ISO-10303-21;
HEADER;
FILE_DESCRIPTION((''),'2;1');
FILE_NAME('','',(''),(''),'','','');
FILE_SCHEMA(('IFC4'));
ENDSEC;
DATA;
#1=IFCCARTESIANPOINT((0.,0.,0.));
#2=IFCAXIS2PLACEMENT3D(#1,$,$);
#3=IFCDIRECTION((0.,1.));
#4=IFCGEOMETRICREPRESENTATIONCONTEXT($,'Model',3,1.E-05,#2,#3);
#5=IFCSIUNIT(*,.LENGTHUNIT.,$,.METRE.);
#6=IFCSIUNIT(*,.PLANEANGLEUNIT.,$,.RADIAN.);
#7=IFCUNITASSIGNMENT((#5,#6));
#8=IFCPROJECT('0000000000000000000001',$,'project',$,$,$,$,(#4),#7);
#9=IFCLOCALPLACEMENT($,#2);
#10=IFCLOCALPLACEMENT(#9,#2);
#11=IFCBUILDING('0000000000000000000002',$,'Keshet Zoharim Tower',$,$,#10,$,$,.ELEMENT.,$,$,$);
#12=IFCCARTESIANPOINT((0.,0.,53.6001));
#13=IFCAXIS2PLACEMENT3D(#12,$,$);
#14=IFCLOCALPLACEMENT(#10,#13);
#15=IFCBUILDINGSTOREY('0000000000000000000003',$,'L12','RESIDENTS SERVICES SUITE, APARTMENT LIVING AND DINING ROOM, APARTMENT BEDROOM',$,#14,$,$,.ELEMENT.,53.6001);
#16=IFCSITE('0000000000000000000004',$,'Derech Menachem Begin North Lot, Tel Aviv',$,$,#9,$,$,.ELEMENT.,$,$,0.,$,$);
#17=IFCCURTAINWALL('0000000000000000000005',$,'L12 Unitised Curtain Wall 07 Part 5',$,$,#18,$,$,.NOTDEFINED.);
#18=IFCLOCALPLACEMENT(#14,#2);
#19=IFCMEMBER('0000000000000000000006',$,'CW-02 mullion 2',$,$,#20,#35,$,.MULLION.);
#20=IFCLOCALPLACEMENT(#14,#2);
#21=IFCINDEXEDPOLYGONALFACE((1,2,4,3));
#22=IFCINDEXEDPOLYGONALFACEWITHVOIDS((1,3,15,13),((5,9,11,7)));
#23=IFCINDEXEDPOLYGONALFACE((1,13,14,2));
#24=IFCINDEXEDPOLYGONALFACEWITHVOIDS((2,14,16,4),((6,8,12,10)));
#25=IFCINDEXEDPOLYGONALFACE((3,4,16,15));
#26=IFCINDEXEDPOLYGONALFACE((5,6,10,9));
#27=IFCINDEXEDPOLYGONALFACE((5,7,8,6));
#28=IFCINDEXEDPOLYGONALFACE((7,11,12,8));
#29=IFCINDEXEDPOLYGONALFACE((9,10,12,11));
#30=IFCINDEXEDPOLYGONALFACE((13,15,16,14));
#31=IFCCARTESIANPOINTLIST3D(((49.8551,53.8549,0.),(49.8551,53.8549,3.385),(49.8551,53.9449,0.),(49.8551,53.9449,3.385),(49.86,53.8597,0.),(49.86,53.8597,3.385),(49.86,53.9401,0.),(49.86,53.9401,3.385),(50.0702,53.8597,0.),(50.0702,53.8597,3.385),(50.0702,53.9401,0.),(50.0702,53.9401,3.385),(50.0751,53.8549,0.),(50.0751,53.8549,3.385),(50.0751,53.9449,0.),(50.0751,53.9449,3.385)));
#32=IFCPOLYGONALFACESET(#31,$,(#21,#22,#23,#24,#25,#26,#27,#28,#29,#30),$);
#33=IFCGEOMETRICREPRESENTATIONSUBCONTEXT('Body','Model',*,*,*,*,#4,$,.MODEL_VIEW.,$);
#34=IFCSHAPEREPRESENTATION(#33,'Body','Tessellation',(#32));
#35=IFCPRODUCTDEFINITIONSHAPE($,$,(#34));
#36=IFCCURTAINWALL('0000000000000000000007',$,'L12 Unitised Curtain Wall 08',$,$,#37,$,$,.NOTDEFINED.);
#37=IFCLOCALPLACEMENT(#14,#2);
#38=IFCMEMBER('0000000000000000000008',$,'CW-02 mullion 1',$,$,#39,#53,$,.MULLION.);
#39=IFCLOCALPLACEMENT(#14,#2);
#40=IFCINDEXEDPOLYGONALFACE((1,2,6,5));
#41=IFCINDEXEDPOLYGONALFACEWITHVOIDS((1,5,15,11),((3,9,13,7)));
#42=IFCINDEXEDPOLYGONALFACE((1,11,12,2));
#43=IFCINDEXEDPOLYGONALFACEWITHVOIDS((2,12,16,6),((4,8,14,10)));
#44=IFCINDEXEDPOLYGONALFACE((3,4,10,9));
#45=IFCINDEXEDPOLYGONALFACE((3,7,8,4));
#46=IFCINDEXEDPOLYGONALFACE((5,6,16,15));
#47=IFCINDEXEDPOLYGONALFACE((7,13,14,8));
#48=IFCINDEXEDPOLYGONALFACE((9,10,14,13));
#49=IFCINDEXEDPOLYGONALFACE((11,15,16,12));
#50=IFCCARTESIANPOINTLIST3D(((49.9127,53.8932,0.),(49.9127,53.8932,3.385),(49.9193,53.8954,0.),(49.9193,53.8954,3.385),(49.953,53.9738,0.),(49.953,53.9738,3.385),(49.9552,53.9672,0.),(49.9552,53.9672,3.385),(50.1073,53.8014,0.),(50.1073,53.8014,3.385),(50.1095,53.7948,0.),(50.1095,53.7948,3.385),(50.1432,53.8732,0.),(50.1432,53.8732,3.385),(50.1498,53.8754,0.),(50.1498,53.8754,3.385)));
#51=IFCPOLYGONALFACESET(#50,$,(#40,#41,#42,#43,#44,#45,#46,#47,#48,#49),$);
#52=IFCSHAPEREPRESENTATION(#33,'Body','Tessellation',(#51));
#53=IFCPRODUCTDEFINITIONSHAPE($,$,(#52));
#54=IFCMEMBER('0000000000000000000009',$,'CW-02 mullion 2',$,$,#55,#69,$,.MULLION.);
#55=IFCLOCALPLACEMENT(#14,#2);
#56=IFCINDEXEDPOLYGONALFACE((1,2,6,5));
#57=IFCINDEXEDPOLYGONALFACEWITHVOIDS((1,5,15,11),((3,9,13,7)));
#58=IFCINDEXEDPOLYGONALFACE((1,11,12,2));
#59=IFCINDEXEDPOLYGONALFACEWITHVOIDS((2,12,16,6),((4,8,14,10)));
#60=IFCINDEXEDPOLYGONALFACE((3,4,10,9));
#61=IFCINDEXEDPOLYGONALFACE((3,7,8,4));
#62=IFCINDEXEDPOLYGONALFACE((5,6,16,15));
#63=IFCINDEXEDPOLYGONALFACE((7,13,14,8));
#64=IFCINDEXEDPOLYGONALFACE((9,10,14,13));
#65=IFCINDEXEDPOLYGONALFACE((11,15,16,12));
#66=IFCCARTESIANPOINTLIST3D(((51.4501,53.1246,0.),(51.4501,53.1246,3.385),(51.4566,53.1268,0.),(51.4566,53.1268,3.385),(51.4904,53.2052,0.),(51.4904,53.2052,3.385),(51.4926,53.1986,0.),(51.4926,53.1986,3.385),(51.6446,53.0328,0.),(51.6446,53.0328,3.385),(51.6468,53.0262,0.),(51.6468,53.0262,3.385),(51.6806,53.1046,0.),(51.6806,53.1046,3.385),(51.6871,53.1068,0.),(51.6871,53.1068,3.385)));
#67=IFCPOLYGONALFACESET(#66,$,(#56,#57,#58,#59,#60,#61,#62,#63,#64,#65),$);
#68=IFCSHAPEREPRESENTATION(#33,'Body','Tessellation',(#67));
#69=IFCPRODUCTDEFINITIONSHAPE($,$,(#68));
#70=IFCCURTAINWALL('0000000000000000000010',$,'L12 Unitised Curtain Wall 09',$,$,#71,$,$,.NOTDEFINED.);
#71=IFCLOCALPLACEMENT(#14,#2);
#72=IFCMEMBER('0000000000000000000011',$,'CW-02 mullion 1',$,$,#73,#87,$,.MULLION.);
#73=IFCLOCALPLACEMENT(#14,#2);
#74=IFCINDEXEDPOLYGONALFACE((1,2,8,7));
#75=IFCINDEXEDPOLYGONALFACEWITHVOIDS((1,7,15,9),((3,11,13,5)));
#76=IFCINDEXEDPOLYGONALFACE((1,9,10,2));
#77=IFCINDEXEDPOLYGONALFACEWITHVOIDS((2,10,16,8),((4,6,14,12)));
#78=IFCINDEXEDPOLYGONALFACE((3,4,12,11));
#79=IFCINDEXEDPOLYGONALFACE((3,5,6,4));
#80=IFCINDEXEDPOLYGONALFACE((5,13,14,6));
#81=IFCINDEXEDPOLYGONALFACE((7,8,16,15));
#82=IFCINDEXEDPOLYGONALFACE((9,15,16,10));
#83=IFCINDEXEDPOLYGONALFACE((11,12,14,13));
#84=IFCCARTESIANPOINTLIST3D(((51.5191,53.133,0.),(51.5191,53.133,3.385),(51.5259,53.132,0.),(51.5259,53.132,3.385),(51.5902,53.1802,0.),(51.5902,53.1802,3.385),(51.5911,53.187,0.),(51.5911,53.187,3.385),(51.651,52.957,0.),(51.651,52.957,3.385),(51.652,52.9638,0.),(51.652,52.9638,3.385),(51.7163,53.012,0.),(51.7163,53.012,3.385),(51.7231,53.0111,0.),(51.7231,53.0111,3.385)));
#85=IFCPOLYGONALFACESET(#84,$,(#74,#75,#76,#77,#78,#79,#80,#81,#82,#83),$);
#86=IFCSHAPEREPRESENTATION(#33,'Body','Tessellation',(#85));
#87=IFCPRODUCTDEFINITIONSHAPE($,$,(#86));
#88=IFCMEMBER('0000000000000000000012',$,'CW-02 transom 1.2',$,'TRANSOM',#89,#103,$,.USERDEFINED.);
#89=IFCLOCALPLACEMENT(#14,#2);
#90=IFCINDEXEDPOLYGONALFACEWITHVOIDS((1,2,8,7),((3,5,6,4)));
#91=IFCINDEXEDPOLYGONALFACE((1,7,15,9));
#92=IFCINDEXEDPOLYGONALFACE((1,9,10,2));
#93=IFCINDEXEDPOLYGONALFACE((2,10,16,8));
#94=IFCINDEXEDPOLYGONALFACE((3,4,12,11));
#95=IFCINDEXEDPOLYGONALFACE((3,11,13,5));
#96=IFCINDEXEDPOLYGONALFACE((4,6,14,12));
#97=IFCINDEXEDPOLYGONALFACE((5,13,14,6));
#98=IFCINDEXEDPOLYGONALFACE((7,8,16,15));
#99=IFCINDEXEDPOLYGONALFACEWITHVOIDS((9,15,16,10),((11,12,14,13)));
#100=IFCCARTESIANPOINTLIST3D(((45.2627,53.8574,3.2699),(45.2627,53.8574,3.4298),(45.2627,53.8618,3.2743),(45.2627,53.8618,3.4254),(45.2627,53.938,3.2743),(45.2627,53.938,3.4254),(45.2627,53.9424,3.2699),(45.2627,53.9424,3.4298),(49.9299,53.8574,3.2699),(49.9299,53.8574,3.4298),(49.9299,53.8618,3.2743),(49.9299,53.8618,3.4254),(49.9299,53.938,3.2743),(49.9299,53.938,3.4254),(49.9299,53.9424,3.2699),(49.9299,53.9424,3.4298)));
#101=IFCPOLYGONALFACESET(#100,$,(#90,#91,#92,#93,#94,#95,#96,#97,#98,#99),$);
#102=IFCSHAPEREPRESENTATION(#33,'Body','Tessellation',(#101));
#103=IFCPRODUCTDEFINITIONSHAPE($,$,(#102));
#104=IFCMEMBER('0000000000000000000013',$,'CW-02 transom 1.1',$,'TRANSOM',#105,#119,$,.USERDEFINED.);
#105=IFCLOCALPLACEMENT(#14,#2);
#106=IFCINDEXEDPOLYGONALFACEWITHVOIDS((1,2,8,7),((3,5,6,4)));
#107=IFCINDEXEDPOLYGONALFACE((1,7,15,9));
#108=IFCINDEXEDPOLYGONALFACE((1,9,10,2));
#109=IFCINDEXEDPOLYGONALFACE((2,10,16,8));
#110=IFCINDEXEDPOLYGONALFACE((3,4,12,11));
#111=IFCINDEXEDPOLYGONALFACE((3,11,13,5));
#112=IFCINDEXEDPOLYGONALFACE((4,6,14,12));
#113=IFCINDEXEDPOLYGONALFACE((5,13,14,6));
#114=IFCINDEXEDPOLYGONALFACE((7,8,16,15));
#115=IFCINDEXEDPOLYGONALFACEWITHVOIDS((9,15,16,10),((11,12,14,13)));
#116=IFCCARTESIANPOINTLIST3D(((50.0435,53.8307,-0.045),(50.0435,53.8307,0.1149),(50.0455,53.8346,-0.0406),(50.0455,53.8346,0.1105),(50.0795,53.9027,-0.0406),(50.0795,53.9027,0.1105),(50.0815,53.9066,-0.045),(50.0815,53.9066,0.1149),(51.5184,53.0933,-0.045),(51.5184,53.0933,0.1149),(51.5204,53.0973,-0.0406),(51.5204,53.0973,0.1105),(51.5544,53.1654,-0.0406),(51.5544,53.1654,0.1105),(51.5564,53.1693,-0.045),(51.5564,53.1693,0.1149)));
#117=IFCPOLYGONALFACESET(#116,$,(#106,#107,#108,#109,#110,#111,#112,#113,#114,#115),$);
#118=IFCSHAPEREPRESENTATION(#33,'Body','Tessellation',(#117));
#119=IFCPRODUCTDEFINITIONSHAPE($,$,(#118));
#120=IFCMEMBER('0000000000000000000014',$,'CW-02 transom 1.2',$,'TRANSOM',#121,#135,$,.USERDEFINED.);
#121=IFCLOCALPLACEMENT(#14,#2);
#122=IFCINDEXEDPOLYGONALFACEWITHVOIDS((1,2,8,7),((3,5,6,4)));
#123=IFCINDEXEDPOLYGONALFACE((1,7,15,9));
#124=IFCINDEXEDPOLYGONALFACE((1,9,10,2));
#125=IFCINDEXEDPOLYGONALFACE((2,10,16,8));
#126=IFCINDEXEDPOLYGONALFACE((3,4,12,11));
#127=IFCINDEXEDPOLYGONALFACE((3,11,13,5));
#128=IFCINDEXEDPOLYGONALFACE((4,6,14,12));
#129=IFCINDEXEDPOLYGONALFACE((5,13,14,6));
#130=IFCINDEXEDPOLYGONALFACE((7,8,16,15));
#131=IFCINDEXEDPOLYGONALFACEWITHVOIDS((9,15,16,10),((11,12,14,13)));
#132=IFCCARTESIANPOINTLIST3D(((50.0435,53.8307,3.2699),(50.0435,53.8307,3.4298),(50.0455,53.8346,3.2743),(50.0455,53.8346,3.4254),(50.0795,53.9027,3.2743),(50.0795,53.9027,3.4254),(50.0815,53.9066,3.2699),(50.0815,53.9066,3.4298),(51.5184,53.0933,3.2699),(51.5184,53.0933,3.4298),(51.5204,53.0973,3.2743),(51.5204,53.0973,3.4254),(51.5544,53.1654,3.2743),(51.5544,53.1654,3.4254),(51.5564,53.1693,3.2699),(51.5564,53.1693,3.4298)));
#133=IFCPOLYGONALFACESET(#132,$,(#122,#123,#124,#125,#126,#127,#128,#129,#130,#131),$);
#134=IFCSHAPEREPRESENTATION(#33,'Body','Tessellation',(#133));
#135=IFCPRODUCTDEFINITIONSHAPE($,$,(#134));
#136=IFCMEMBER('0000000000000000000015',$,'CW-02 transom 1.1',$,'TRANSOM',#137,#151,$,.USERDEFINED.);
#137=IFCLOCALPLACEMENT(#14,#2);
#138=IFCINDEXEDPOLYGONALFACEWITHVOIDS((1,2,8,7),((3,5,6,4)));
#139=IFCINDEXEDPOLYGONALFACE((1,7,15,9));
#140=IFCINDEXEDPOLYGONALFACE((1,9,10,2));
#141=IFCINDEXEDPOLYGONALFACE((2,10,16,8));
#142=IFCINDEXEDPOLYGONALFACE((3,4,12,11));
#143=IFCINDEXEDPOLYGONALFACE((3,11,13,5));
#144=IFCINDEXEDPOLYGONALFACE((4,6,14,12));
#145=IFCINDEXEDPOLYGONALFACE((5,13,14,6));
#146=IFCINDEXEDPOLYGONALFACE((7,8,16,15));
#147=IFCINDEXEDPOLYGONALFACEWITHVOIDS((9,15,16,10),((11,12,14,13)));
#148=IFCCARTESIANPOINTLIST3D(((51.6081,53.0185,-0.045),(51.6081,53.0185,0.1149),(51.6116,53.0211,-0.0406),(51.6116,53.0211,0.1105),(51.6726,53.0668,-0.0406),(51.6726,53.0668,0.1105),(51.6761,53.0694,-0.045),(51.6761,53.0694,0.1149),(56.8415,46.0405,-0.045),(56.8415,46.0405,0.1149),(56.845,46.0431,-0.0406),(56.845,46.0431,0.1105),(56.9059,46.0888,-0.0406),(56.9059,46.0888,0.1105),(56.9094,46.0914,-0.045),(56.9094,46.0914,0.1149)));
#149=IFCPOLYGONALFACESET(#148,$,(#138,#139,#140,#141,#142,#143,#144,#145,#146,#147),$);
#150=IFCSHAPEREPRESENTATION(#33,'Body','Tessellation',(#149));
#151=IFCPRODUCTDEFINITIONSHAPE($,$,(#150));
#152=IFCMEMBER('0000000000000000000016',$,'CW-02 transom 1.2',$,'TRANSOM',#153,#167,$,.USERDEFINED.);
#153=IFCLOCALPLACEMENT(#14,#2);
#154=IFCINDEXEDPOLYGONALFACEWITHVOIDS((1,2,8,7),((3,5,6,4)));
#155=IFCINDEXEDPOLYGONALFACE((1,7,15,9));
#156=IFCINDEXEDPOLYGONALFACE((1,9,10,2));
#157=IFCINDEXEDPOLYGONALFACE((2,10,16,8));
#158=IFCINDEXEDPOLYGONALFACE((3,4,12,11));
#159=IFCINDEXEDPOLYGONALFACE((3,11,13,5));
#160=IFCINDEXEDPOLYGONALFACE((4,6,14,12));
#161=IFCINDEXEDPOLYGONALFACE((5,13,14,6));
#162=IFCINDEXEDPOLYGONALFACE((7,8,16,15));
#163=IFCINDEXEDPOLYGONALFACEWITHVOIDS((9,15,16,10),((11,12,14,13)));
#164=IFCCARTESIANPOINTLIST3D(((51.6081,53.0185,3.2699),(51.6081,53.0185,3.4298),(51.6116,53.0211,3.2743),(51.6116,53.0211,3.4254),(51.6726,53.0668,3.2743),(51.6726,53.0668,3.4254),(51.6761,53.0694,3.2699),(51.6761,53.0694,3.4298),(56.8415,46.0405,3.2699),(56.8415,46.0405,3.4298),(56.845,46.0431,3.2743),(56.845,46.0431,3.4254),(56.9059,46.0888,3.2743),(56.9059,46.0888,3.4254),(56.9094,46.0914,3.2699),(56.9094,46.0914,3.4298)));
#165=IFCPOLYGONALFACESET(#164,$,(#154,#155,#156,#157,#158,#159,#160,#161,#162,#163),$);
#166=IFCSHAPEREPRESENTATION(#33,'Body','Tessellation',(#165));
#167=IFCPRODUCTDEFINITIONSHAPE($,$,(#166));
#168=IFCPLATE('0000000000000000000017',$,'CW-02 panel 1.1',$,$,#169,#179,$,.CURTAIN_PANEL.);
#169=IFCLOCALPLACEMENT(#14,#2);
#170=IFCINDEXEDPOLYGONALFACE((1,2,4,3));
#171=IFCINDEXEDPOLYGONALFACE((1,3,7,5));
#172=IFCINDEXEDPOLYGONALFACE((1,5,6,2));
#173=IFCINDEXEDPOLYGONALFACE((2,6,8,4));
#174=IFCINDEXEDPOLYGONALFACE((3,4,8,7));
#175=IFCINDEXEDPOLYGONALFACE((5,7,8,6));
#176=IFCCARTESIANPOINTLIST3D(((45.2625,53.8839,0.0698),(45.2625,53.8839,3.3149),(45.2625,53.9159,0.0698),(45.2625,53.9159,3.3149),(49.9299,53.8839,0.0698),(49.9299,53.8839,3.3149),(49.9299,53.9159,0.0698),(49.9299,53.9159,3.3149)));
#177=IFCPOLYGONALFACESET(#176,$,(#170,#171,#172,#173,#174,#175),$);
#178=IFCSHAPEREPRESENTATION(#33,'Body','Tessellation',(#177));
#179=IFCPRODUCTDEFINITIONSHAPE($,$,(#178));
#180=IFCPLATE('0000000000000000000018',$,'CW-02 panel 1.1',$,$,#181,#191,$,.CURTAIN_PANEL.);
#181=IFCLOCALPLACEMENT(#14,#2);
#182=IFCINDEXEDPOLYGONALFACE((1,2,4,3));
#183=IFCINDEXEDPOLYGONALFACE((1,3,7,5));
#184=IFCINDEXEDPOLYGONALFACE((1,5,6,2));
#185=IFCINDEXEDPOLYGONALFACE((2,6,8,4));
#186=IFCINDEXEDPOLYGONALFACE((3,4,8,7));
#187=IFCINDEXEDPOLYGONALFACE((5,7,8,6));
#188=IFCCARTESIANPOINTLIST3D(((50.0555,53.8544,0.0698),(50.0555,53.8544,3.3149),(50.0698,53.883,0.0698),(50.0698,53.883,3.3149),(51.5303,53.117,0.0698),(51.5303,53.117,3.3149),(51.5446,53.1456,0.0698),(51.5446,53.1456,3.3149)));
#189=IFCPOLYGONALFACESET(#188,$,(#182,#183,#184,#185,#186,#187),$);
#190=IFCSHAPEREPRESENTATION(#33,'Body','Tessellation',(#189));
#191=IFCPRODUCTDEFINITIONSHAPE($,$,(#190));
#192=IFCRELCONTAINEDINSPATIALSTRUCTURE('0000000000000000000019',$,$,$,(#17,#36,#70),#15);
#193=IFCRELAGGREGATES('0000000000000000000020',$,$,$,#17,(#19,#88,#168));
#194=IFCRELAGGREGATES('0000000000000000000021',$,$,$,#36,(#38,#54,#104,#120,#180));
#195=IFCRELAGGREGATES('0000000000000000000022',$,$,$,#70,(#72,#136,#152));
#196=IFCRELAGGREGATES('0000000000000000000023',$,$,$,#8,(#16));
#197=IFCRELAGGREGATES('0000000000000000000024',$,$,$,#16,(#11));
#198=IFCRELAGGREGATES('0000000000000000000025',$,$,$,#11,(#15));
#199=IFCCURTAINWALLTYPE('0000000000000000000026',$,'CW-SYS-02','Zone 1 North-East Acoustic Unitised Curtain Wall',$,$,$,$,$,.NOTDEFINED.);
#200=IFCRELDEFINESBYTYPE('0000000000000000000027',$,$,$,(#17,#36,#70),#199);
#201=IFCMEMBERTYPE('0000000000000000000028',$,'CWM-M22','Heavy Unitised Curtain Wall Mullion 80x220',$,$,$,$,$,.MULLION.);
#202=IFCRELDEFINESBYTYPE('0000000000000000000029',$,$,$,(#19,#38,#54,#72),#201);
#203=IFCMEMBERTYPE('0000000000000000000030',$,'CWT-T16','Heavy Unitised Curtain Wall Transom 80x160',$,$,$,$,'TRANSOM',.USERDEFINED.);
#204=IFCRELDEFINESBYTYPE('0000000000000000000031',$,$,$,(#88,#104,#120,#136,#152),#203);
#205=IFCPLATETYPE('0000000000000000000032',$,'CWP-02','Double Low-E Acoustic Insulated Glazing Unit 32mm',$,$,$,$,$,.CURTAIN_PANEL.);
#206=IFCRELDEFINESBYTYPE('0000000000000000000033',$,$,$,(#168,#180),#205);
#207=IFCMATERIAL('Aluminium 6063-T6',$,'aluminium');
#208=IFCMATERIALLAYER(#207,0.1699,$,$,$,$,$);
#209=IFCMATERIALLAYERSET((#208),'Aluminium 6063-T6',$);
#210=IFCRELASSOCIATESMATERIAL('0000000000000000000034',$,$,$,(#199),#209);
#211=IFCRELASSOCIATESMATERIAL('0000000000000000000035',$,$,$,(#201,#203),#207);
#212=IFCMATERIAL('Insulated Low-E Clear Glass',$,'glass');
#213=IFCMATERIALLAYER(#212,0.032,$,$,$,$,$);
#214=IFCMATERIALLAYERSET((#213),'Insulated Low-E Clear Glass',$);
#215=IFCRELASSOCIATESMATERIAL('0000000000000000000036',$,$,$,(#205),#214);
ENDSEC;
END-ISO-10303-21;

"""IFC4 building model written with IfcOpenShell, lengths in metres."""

from ifc_helpers import new_model, si_unit, direction, frame, origin, origin_2d, place, context, subcontext, project, spatial, rectangle, hollow_rectangle, extrude, material, layer, layer_set, material_profile, profile_set, type_object, element, aggregate, save


model = new_model("IFC4")

# Units and contexts
model_context = context("Model", 3, precision=1e-05, world=origin(), true_north=direction((0.0, 1.0)))
body_context = subcontext(model_context, "Body", "Model", "MODEL_VIEW")
ifc_project = project(units=[si_unit("LENGTHUNIT", "METRE"), si_unit("PLANEANGLEUNIT", "RADIAN")], contexts=[model_context])

# Site, building, storey
site_placement = place(None, origin())
site = spatial("IfcSite", under=ifc_project, at=site_placement, Name="Derech Menachem Begin North Lot, Tel Aviv", CompositionType="ELEMENT", RefElevation=0.0)
building_placement = place(site_placement, origin())
building = spatial("IfcBuilding", under=site, at=building_placement, Name="Keshet Zoharim Tower", CompositionType="ELEMENT")
storey_placement = place(building_placement, frame((0.0, 0.0, 53.6001)))
storey = spatial("IfcBuildingStorey", under=building, at=storey_placement, Name="L12", Description="RESIDENTS SERVICES SUITE, APARTMENT LIVING AND DINING ROOM, APARTMENT BEDROOM", CompositionType="ELEMENT", Elevation=53.6001)

# Curtain wall, member
ifc_material_1 = material(Name="Aluminium 6063-T6", Category="aluminium")
ifc_layer_1 = layer(ifc_material_1, 0.1699)
ifc_layer_set_1 = layer_set([ifc_layer_1], Name="Aluminium 6063-T6")
curtain_wall_type = type_object("IfcCurtainWallType", Name="CW-SYS-02", Description="Zone 1 North-East Acoustic Unitised Curtain Wall", PredefinedType="NOTDEFINED", material=ifc_layer_set_1)
curtain_wall_1_placement = place(storey_placement, origin())
curtain_wall_1 = element("IfcCurtainWall", 1, at=curtain_wall_1_placement, inside=storey, type_object=curtain_wall_type, Name="L12 Unitised Curtain Wall 07 Part 5", PredefinedType="NOTDEFINED")
ifc_material_profile_1 = material_profile(ifc_material_1, hollow_rectangle(XDim=0.0901, YDim=0.22, WallThickness=0.0049, at=origin_2d()), Name="MUL-90x220")
ifc_profile_set_1 = profile_set([ifc_material_profile_1], Name="Aluminium 6063-T6")
member_type_1 = type_object("IfcMemberType", Name="CWM-M22", Description="Heavy Unitised Curtain Wall Mullion 80x220", PredefinedType="MULLION", material=ifc_profile_set_1)
member_1_placement = place(storey_placement, frame((49.9651, 53.8999, 0.0), z_axis=(0.0, 0.0, 1.0), x_axis=(0.0, 1.0, 0.0)))
member_1 = element("IfcMember", 2, at=member_1_placement, type_object=member_type_1, Name="CW-02 mullion 2", PredefinedType="MULLION", context=body_context, shape_type="SweptSolid", body=[
    extrude(hollow_rectangle(XDim=0.0901, YDim=0.22, WallThickness=0.0049, at=origin_2d()), origin(), (0.0, 0.0, 1.0), 3.385),
])

# Curtain wall, members
curtain_wall_2_placement = place(storey_placement, origin())
curtain_wall_2 = element("IfcCurtainWall", 3, at=curtain_wall_2_placement, inside=storey, type_object=curtain_wall_type, Name="L12 Unitised Curtain Wall 08", PredefinedType="NOTDEFINED")
member_2_placement = place(storey_placement, frame((50.0312, 53.8843, 0.0), z_axis=(0.0, 0.0, 1.0), x_axis=(0.447214, 0.894427, 0.0)))
member_2 = element("IfcMember", 4, at=member_2_placement, type_object=member_type_1, Name="CW-02 mullion 1", PredefinedType="MULLION", context=body_context, shape_type="SweptSolid", body=[
    extrude(hollow_rectangle(XDim=0.0901, YDim=0.22, WallThickness=0.0049, at=origin_2d()), origin(), (0.0, 0.0, 1.0), 3.385),
])
member_3_placement = place(storey_placement, frame((51.5686, 53.1157, 0.0), z_axis=(0.0, 0.0, 1.0), x_axis=(0.447214, 0.894427, 0.0)))
member_3 = element("IfcMember", 5, at=member_3_placement, type_object=member_type_1, Name="CW-02 mullion 2", PredefinedType="MULLION", context=body_context, shape_type="SweptSolid", body=[
    extrude(hollow_rectangle(XDim=0.0901, YDim=0.22, WallThickness=0.0049, at=origin_2d()), origin(), (0.0, 0.0, 1.0), 3.385),
])

# Curtain wall, member
curtain_wall_3_placement = place(storey_placement, origin())
curtain_wall_3 = element("IfcCurtainWall", 6, at=curtain_wall_3_placement, inside=storey, type_object=curtain_wall_type, Name="L12 Unitised Curtain Wall 09", PredefinedType="NOTDEFINED")
member_4_placement = place(storey_placement, frame((51.6211, 53.072, 0.0), z_axis=(0.0, 0.0, 1.0), x_axis=(0.8, 0.6, 0.0)))
member_4 = element("IfcMember", 7, at=member_4_placement, type_object=member_type_1, Name="CW-02 mullion 1", PredefinedType="MULLION", context=body_context, shape_type="SweptSolid", body=[
    extrude(hollow_rectangle(XDim=0.0901, YDim=0.22, WallThickness=0.0049, at=origin_2d()), origin(), (0.0, 0.0, 1.0), 3.385),
])

# Members
ifc_material_profile_2 = material_profile(ifc_material_1, hollow_rectangle(XDim=0.085, YDim=0.1599, WallThickness=0.0044, at=origin_2d()), Name="TRN-85x160")
ifc_profile_set_2 = profile_set([ifc_material_profile_2], Name="Aluminium 6063-T6")
member_type_2 = type_object("IfcMemberType", Name="CWT-T16", Description="Heavy Unitised Curtain Wall Transom 80x160", ElementType="TRANSOM", PredefinedType="USERDEFINED", material=ifc_profile_set_2)
member_5_placement = place(storey_placement, frame((45.2627, 53.8999, 3.3499), z_axis=(1.0, 0.0, 0.0), x_axis=(0.0, 1.0, 0.0)))
member_5 = element("IfcMember", 8, at=member_5_placement, type_object=member_type_2, Name="CW-02 transom 1.2", ObjectType="TRANSOM", PredefinedType="USERDEFINED", context=body_context, shape_type="SweptSolid", body=[
    extrude(hollow_rectangle(XDim=0.085, YDim=0.1599, WallThickness=0.0044, at=origin_2d()), origin(), (0.0, 0.0, 1.0), 4.6672),
])
member_6_placement = place(storey_placement, frame((50.0625, 53.8687, 0.0349), z_axis=(0.894457, -0.447154, 0.0), x_axis=(0.447154, 0.894457, 0.0)))
member_6 = element("IfcMember", 9, at=member_6_placement, type_object=member_type_2, Name="CW-02 transom 1.1", ObjectType="TRANSOM", PredefinedType="USERDEFINED", context=body_context, shape_type="SweptSolid", body=[
    extrude(hollow_rectangle(XDim=0.085, YDim=0.1599, WallThickness=0.0044, at=origin_2d()), origin(), (0.0, 0.0, 1.0), 1.6489),
])
member_7_placement = place(storey_placement, frame((50.0625, 53.8687, 3.3499), z_axis=(0.894457, -0.447154, 0.0), x_axis=(0.447154, 0.894457, 0.0)))
member_7 = element("IfcMember", 10, at=member_7_placement, type_object=member_type_2, Name="CW-02 transom 1.2", ObjectType="TRANSOM", PredefinedType="USERDEFINED", context=body_context, shape_type="SweptSolid", body=[
    extrude(hollow_rectangle(XDim=0.085, YDim=0.1599, WallThickness=0.0044, at=origin_2d()), origin(), (0.0, 0.0, 1.0), 1.6489),
])
member_8_placement = place(storey_placement, frame((51.6421, 53.0439, 0.0349), z_axis=(0.599991, -0.800007, 0.0), x_axis=(0.800007, 0.599991, 0.0)))
member_8 = element("IfcMember", 11, at=member_8_placement, type_object=member_type_2, Name="CW-02 transom 1.1", ObjectType="TRANSOM", PredefinedType="USERDEFINED", context=body_context, shape_type="SweptSolid", body=[
    extrude(hollow_rectangle(XDim=0.085, YDim=0.1599, WallThickness=0.0044, at=origin_2d()), origin(), (0.0, 0.0, 1.0), 8.7224),
])
member_9_placement = place(storey_placement, frame((51.6421, 53.0439, 3.3499), z_axis=(0.599991, -0.800007, 0.0), x_axis=(0.800007, 0.599991, 0.0)))
member_9 = element("IfcMember", 12, at=member_9_placement, type_object=member_type_2, Name="CW-02 transom 1.2", ObjectType="TRANSOM", PredefinedType="USERDEFINED", context=body_context, shape_type="SweptSolid", body=[
    extrude(hollow_rectangle(XDim=0.085, YDim=0.1599, WallThickness=0.0044, at=origin_2d()), origin(), (0.0, 0.0, 1.0), 8.7224),
])

# Plates
ifc_material_2 = material(Name="Insulated Low-E Clear Glass", Category="glass")
ifc_layer_2 = layer(ifc_material_2, 0.032)
ifc_layer_set_2 = layer_set([ifc_layer_2], Name="Insulated Low-E Clear Glass")
plate_type = type_object("IfcPlateType", Name="CWP-02", Description="Double Low-E Acoustic Insulated Glazing Unit 32mm", PredefinedType="CURTAIN_PANEL", material=ifc_layer_set_2)
plate_1_placement = place(storey_placement, frame((47.5962, 53.8999, 0.0698), z_axis=(0.0, 0.0, 1.0), x_axis=(1.0, 0.0, 0.0)))
plate_1 = element("IfcPlate", 13, at=plate_1_placement, type_object=plate_type, Name="CW-02 panel 1.1", PredefinedType="CURTAIN_PANEL", context=body_context, shape_type="SweptSolid", body=[
    extrude(rectangle(XDim=4.6675, YDim=0.032, at=origin_2d()), origin(), (0.0, 0.0, 1.0), 3.2451),
])
aggregate(curtain_wall_1, [member_1, member_5, plate_1])
plate_2_placement = place(storey_placement, frame((50.8, 53.5, 0.0698), z_axis=(0.0, 0.0, 1.0), x_axis=(0.894427, -0.447214, 0.0)))
plate_2 = element("IfcPlate", 14, at=plate_2_placement, type_object=plate_type, Name="CW-02 panel 1.1", PredefinedType="CURTAIN_PANEL", context=body_context, shape_type="SweptSolid", body=[
    extrude(rectangle(XDim=1.6489, YDim=0.032, at=origin_2d()), origin(), (0.0, 0.0, 1.0), 3.2451),
])
aggregate(curtain_wall_2, [member_2, member_3, member_6, member_7, plate_2])
aggregate(curtain_wall_3, [member_4, member_8, member_9])

save(model, "model.ifc")
